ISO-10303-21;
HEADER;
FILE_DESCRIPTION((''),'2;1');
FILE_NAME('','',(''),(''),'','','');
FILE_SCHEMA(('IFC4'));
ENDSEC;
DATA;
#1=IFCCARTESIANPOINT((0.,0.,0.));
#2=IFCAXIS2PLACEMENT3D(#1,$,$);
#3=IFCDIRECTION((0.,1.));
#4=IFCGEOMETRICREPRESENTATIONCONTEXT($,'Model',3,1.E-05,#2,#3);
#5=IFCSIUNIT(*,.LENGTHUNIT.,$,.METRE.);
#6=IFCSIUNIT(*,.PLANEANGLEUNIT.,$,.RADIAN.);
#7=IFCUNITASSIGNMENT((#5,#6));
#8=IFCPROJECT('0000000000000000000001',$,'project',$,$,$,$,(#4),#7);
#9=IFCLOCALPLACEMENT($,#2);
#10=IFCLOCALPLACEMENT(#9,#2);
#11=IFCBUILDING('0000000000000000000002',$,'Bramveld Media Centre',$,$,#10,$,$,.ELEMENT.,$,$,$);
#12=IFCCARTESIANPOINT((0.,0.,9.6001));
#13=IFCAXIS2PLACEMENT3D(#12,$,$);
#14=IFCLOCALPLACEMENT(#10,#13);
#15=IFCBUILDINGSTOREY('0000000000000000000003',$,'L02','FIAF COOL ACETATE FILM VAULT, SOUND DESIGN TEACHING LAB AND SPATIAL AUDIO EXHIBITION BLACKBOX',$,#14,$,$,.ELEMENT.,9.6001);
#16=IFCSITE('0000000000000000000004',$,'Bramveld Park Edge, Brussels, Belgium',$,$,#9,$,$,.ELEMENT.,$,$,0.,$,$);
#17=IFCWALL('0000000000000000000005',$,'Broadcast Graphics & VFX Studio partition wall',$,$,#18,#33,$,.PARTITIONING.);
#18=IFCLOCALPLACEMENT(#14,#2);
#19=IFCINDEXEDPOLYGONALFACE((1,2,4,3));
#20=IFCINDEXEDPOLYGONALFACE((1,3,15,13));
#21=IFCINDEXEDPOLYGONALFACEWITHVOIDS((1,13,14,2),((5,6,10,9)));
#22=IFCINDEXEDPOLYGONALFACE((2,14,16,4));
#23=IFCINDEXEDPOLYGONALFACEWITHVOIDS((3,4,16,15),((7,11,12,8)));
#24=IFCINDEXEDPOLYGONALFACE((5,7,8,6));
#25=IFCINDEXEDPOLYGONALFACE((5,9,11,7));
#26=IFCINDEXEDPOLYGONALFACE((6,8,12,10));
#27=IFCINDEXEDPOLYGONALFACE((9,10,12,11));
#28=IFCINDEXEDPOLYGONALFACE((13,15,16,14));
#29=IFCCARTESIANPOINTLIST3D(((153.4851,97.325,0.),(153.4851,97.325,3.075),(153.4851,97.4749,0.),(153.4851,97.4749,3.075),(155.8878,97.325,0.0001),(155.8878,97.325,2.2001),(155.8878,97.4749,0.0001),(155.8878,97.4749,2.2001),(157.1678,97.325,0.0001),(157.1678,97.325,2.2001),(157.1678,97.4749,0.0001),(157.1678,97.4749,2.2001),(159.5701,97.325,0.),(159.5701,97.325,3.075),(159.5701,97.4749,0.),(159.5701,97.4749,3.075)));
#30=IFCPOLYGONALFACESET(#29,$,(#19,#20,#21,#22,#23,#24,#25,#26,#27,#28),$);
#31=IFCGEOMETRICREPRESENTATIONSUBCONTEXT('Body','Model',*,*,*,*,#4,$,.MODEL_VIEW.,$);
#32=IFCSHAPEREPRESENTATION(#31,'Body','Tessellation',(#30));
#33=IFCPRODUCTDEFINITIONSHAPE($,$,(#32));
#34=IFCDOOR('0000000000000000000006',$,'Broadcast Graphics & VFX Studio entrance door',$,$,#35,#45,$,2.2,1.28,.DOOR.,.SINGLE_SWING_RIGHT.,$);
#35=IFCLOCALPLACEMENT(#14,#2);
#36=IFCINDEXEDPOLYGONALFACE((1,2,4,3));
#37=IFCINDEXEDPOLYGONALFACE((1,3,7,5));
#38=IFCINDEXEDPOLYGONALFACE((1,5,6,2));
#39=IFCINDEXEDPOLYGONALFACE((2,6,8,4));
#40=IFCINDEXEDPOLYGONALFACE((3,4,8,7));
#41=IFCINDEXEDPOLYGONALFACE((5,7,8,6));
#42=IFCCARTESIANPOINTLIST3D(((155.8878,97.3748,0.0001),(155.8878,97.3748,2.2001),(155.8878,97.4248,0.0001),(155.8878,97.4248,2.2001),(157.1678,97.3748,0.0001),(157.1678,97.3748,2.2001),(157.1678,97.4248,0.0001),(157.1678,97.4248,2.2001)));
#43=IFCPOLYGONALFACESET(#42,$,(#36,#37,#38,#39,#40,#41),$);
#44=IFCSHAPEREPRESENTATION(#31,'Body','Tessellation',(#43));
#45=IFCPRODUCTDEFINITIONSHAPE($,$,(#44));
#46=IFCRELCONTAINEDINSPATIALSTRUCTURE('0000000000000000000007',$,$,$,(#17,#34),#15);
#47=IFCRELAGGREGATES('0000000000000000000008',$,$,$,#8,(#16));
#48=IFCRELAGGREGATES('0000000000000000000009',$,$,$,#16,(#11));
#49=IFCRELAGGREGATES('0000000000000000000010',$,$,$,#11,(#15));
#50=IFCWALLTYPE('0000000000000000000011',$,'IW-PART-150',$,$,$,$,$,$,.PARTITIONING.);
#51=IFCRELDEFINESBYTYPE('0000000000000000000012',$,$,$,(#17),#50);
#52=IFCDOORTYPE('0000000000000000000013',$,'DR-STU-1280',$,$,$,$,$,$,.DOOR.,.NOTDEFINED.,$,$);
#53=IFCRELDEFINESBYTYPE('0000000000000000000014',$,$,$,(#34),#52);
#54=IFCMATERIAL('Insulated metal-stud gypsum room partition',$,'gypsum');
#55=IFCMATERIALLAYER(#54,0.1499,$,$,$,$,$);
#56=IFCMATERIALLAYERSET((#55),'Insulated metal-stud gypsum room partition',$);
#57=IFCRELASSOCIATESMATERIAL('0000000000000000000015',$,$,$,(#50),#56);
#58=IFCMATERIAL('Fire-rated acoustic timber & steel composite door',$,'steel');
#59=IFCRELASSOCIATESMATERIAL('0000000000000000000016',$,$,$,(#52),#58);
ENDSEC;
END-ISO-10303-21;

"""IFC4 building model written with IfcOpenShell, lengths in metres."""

from ifc_helpers import new_model, si_unit, direction, frame, frame_2d, origin, place, context, subcontext, project, spatial, rectangle, extrude, material, layer, layer_set, type_object, element, fill, save


model = new_model("IFC4")

# Units and contexts
model_context = context("Model", 3, precision=1e-05, world=origin(), true_north=direction((0.0, 1.0)))
body_context = subcontext(model_context, "Body", "Model", "MODEL_VIEW")
ifc_project = project(units=[si_unit("LENGTHUNIT", "METRE"), si_unit("PLANEANGLEUNIT", "RADIAN")], contexts=[model_context])

# Site, building, storey
site_placement = place(None, origin())
site = spatial("IfcSite", under=ifc_project, at=site_placement, Name="Bramveld Park Edge, Brussels, Belgium", CompositionType="ELEMENT", RefElevation=0.0)
building_placement = place(site_placement, origin())
building = spatial("IfcBuilding", under=site, at=building_placement, Name="Bramveld Media Centre", CompositionType="ELEMENT")
storey_placement = place(building_placement, frame((0.0, 0.0, 9.6001)))
storey = spatial("IfcBuildingStorey", under=building, at=storey_placement, Name="L02", Description="FIAF COOL ACETATE FILM VAULT, SOUND DESIGN TEACHING LAB AND SPATIAL AUDIO EXHIBITION BLACKBOX", CompositionType="ELEMENT", Elevation=9.6001)

# Shared definitions
ifc_material_1 = material(Name="Insulated metal-stud gypsum room partition", Category="gypsum")
ifc_layer_1 = layer(ifc_material_1, 0.1499)
ifc_layer_set_1 = layer_set([ifc_layer_1], Name="Insulated metal-stud gypsum room partition")
wall_type_1 = type_object("IfcWallType", Name="IW-PART-150", PredefinedType="PARTITIONING", material=ifc_layer_set_1)

# Wall, opening, door
wall_1_placement = place(storey_placement, frame((153.4851, 97.3999, 0.0), z_axis=(0.0, 0.0, 1.0), x_axis=(1.0, 0.0, 0.0)))
wall_1 = element("IfcWall", 1, at=wall_1_placement, inside=storey, type_object=wall_type_1, Name="Broadcast Graphics & VFX Studio partition wall", PredefinedType="PARTITIONING", context=body_context, shape_type="SweptSolid", body=[
    extrude(rectangle(XDim=6.085, YDim=0.1499, at=frame_2d((3.0425, 0.0))), origin(), (0.0, 0.0, 1.0), 3.075),
])
opening_1_placement = place(wall_1_placement, frame((2.4026, 0.0, 0.0)))
opening_1 = element("IfcOpeningElement", 2, at=opening_1_placement, cuts=wall_1, PredefinedType="OPENING", context=body_context, shape_type="SweptSolid", body=[
    extrude(rectangle(XDim=1.28, YDim=2.2, at=frame_2d((0.6401, 1.1001))), frame((0.0, 0.0869, 0.0), z_axis=(0.0, -1.0, 0.0), x_axis=(1.0, 0.0, 0.0)), (0.0, 0.0, 1.0), 0.1738),
])
ifc_material_2 = material(Name="Fire-rated acoustic timber & steel composite door", Category="steel")
door_type_1 = type_object("IfcDoorType", Name="DR-STU-1280", OperationType="NOTDEFINED", PredefinedType="DOOR", material=ifc_material_2)
door_1_placement = place(opening_1_placement, origin())
door_1 = element("IfcDoor", 3, at=door_1_placement, inside=storey, type_object=door_type_1, Name="Broadcast Graphics & VFX Studio entrance door", OperationType="SINGLE_SWING_RIGHT", OverallHeight=2.2, OverallWidth=1.28, PredefinedType="DOOR", context=body_context, shape_type="SweptSolid", body=[
    extrude(rectangle(XDim=1.28, YDim=2.2, at=frame_2d((0.6401, 1.1001))), frame((0.0, 0.0249, 0.0), z_axis=(0.0, -1.0, 0.0), x_axis=(1.0, 0.0, 0.0)), (0.0, 0.0, 1.0), 0.05),
])
fill(opening_1, door_1)

save(model, "model.ifc")
